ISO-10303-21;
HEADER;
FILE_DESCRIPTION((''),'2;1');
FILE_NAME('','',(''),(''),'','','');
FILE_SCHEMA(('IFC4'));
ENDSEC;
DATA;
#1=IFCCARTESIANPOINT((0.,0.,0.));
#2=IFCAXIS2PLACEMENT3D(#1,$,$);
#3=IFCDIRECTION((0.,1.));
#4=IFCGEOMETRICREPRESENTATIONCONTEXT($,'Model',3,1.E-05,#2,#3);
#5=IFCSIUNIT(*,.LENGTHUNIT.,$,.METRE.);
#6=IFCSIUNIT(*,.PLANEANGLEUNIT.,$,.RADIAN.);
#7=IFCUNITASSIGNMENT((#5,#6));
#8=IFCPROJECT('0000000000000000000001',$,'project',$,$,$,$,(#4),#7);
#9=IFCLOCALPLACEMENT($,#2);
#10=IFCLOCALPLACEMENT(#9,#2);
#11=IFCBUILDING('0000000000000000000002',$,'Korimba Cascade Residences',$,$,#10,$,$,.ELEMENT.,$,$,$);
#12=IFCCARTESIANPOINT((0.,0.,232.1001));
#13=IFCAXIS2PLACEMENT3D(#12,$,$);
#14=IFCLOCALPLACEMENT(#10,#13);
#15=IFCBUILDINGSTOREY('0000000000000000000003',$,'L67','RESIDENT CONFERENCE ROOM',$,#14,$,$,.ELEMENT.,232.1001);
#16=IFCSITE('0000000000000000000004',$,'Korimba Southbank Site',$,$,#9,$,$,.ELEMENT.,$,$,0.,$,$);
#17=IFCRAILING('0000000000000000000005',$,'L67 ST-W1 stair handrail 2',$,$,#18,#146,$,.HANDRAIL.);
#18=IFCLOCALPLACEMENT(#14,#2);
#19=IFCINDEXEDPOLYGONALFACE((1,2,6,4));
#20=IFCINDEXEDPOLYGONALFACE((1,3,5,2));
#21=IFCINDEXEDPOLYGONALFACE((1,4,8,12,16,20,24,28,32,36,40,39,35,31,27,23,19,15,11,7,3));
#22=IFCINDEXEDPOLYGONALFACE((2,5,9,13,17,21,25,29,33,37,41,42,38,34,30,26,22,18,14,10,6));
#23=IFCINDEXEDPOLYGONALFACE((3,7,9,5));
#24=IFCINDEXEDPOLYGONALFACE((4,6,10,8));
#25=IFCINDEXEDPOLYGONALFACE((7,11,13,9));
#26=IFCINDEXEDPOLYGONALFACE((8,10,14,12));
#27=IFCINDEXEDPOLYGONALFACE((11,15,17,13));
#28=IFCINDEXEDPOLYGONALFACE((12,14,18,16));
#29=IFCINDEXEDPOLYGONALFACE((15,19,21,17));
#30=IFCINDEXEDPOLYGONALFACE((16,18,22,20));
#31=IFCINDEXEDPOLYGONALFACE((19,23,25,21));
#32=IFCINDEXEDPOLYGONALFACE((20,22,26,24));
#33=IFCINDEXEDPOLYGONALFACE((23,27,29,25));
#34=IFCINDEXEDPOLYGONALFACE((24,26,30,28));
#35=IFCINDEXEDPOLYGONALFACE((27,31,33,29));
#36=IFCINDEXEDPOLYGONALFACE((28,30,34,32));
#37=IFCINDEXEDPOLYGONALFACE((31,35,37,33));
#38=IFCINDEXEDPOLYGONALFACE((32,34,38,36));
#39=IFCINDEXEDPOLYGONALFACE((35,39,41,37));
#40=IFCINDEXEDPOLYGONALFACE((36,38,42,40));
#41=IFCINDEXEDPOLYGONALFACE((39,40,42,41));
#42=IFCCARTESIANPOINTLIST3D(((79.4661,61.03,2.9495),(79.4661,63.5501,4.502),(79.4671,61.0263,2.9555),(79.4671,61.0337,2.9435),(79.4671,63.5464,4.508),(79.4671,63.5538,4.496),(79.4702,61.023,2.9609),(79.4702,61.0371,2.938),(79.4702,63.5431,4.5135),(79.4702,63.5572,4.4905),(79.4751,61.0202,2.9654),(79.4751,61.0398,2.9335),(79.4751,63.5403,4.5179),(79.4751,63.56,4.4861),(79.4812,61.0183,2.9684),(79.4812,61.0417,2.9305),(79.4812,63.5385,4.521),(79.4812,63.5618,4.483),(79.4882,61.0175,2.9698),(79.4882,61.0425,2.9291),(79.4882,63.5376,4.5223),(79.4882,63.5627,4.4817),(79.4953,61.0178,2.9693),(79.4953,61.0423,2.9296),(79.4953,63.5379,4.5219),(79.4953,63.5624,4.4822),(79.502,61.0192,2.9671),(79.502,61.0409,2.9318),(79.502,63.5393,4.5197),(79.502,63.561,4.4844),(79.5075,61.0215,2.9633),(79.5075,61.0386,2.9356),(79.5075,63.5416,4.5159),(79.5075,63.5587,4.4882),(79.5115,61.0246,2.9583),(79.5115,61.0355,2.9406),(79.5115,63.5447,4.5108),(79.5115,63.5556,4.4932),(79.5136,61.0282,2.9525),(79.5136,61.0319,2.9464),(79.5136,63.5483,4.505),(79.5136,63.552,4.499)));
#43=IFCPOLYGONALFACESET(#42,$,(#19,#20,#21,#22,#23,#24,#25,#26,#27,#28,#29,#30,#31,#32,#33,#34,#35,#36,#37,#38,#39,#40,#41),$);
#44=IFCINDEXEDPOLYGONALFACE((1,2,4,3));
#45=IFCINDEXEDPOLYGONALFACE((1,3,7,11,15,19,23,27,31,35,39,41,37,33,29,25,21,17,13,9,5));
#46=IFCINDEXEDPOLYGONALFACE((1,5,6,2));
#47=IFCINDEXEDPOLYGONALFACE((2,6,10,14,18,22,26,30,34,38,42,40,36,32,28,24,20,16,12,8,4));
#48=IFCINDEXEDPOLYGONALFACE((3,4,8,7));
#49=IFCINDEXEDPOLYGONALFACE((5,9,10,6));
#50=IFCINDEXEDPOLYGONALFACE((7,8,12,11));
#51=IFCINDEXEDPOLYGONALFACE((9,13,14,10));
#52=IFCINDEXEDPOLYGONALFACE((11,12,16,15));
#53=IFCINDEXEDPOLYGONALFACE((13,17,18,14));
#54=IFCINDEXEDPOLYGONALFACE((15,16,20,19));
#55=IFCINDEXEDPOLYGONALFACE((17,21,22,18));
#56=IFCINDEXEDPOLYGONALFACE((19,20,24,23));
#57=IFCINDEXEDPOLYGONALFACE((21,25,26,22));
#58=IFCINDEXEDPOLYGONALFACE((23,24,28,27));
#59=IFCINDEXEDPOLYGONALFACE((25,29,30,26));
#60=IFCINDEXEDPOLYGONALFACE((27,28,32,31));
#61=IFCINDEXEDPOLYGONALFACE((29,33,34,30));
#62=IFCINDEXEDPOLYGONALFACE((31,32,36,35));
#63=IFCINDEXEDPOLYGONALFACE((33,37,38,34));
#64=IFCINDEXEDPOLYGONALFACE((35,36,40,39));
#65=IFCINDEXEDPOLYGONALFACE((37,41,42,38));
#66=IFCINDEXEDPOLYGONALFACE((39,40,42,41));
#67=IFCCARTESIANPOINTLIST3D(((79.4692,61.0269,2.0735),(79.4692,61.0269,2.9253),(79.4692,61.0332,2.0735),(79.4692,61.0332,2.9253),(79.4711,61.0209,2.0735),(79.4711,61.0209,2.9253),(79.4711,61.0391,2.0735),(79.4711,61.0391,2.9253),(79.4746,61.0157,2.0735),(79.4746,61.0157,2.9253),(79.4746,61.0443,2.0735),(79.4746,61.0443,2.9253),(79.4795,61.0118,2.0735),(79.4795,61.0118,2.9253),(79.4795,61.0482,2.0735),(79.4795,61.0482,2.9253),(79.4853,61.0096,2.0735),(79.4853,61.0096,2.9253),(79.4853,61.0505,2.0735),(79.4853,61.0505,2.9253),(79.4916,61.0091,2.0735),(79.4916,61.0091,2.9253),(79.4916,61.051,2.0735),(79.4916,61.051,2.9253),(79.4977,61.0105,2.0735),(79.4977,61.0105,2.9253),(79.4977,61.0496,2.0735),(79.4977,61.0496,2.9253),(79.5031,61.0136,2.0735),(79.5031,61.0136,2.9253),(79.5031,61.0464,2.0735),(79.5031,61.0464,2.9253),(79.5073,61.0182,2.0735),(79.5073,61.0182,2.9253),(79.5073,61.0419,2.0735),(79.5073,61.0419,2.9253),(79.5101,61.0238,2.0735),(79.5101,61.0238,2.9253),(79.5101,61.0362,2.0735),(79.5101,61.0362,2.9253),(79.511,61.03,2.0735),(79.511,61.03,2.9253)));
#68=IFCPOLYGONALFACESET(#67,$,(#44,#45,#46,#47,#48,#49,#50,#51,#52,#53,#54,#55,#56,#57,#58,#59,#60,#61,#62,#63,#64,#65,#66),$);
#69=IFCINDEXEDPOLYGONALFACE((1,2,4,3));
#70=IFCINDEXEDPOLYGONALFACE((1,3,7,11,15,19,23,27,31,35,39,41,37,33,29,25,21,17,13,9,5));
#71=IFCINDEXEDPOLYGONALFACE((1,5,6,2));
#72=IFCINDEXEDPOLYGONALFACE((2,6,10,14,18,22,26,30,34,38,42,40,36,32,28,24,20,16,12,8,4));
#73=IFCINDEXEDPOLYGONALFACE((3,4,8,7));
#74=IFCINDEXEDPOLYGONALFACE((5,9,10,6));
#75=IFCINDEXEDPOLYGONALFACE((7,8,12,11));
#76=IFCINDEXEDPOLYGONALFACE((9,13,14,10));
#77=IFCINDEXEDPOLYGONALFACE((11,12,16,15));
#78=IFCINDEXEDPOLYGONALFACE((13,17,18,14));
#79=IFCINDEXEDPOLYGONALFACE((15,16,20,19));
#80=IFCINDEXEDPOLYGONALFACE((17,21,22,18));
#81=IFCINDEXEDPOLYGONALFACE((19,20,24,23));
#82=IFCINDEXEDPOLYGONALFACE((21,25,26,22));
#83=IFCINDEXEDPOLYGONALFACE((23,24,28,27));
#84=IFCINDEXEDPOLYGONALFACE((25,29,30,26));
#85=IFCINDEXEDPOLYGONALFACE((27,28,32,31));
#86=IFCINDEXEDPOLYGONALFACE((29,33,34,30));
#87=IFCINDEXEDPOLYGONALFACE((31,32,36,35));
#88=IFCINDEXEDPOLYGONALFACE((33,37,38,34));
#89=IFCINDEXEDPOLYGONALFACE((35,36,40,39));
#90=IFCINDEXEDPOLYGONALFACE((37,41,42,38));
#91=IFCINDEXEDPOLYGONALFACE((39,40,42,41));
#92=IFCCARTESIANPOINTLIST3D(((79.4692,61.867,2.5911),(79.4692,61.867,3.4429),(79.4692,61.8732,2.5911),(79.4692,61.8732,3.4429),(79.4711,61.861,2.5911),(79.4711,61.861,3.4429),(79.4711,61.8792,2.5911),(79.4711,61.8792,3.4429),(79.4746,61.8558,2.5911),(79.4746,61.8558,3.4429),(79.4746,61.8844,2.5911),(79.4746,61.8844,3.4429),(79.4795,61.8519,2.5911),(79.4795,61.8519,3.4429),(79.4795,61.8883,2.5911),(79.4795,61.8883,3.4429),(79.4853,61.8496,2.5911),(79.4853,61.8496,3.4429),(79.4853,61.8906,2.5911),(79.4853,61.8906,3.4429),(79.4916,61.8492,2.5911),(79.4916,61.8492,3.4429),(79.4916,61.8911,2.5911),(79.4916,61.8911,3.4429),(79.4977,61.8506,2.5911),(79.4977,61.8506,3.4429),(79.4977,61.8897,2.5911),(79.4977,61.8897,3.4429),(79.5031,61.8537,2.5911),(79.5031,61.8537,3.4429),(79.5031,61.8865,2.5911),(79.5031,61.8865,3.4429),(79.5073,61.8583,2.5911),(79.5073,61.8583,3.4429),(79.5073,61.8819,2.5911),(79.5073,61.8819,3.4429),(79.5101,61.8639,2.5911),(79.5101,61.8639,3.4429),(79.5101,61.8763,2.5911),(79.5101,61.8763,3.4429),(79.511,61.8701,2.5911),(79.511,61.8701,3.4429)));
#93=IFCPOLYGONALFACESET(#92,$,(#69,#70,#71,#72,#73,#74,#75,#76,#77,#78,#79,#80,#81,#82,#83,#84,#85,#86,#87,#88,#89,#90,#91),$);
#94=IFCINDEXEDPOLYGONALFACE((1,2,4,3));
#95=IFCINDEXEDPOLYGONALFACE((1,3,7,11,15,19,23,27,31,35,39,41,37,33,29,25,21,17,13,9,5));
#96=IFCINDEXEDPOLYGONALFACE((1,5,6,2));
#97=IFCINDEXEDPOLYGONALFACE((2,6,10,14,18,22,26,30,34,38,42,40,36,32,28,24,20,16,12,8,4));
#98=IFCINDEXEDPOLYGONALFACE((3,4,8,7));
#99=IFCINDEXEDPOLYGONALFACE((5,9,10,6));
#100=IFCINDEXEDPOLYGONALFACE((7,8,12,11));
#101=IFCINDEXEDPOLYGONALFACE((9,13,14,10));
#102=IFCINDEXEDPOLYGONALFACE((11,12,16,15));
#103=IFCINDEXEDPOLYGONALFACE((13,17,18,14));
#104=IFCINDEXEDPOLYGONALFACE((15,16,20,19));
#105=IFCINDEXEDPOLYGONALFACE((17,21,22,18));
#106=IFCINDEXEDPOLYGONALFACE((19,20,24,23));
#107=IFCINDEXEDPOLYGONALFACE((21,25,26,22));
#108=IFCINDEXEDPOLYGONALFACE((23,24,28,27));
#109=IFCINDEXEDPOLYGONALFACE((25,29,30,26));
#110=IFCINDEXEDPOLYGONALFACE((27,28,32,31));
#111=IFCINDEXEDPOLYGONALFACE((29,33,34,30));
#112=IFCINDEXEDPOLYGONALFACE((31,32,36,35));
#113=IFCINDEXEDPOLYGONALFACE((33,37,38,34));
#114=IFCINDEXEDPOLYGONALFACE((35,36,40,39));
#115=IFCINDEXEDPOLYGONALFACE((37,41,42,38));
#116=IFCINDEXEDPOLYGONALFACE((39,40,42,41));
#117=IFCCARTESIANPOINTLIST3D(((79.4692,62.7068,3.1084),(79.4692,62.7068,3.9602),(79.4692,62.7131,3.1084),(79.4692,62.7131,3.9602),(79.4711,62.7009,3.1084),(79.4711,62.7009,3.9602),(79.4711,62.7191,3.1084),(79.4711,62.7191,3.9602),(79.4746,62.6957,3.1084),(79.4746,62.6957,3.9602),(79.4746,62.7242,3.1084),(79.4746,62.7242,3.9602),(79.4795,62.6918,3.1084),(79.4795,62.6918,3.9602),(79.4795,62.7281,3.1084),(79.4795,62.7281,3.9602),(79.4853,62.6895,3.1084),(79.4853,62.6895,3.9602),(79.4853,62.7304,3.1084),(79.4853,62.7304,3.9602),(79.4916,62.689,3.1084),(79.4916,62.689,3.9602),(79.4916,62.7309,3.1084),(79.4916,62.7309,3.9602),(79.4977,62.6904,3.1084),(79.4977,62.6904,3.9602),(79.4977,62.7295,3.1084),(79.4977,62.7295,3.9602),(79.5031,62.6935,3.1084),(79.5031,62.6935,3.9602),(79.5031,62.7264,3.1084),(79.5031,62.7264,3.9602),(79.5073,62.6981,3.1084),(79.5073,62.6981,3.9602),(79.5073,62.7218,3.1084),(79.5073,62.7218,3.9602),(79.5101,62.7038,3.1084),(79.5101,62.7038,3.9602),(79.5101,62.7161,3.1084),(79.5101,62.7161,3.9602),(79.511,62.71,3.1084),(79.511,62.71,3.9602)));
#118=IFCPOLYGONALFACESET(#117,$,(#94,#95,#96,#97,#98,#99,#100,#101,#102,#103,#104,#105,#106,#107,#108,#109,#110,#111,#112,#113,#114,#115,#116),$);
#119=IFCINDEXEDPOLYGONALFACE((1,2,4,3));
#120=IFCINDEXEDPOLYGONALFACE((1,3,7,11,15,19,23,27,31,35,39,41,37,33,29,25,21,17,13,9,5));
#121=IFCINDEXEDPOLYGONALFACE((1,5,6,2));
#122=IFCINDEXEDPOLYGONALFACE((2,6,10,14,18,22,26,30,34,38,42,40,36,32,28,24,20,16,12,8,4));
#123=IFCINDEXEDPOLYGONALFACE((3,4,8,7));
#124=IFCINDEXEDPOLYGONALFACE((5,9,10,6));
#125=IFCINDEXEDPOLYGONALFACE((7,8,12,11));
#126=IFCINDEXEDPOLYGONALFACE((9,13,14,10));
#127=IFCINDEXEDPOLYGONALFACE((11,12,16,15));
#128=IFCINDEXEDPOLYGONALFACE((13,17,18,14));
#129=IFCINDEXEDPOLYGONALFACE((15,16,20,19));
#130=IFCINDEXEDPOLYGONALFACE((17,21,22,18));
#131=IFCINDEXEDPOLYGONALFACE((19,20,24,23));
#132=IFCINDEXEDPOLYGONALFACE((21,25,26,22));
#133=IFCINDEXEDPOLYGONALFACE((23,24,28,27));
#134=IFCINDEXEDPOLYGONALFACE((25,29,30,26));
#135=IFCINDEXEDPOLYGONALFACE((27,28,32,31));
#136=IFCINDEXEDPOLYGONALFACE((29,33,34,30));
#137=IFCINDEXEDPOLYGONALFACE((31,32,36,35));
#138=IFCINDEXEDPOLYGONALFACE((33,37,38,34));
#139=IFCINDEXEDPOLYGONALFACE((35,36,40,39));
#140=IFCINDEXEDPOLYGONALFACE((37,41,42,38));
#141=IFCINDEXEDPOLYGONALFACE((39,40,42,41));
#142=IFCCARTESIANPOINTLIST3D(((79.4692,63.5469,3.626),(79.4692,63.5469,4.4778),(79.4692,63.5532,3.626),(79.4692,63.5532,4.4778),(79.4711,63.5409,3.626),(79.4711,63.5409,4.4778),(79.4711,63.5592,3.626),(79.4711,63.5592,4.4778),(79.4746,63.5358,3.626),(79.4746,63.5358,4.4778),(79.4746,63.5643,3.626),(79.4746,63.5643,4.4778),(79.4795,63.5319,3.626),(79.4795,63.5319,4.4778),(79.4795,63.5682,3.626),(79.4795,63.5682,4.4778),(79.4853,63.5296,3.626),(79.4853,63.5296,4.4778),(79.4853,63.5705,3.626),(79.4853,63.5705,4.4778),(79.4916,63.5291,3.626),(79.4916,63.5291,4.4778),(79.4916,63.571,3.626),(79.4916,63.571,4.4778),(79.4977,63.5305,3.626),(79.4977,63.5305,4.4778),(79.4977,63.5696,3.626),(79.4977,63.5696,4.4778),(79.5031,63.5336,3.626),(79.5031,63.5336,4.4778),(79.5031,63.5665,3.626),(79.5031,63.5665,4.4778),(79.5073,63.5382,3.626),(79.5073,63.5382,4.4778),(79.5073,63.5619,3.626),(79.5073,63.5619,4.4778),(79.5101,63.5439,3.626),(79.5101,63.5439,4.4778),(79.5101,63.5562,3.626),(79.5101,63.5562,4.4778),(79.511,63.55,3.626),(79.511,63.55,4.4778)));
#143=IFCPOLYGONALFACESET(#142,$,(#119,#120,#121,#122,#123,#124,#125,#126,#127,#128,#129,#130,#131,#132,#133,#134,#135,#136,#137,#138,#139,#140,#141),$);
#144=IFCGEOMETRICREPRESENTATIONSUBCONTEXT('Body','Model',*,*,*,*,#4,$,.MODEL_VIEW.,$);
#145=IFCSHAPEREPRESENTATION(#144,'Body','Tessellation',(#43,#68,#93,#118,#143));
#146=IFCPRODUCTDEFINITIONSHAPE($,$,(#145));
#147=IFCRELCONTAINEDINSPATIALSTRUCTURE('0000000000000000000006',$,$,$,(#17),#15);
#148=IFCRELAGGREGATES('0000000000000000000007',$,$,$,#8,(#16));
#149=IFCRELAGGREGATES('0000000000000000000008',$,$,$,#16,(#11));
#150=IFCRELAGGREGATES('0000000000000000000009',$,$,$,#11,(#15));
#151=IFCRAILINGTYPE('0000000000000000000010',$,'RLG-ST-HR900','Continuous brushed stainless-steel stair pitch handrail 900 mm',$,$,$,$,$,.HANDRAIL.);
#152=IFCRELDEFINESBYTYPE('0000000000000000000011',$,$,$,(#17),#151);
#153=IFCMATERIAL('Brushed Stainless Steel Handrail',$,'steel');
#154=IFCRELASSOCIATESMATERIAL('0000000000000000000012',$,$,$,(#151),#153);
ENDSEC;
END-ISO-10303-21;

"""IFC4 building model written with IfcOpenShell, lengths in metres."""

from ifc_helpers import new_model, si_unit, direction, frame, origin, origin_2d, place, context, subcontext, project, spatial, circle, extrude, material, type_object, element, save


model = new_model("IFC4")

# Units and contexts
model_context = context("Model", 3, precision=1e-05, world=origin(), true_north=direction((0.0, 1.0)))
body_context = subcontext(model_context, "Body", "Model", "MODEL_VIEW")
ifc_project = project(units=[si_unit("LENGTHUNIT", "METRE"), si_unit("PLANEANGLEUNIT", "RADIAN")], contexts=[model_context])

# Site, building, storey
site_placement = place(None, origin())
site = spatial("IfcSite", under=ifc_project, at=site_placement, Name="Korimba Southbank Site", CompositionType="ELEMENT", RefElevation=0.0)
building_placement = place(site_placement, origin())
building = spatial("IfcBuilding", under=site, at=building_placement, Name="Korimba Cascade Residences", CompositionType="ELEMENT")
storey_placement = place(building_placement, frame((0.0, 0.0, 232.1001)))
storey = spatial("IfcBuildingStorey", under=building, at=storey_placement, Name="L67", Description="RESIDENT CONFERENCE ROOM", CompositionType="ELEMENT", Elevation=232.1001)

# Railing
ifc_material_1 = material(Name="Brushed Stainless Steel Handrail", Category="steel")
railing_type_1 = type_object("IfcRailingType", Name="RLG-ST-HR900", Description="Continuous brushed stainless-steel stair pitch handrail 900 mm", PredefinedType="HANDRAIL", material=ifc_material_1)
railing_1_placement = place(storey_placement, frame((79.49, 61.03, 2.0735)))
element("IfcRailing", 1, at=railing_1_placement, inside=storey, type_object=railing_type_1, Name="L67 ST-W1 stair handrail 2", PredefinedType="HANDRAIL", context=body_context, shape_type="SweptSolid", body=[
    extrude(circle(Radius=0.0239, at=origin_2d()), frame((0.0, 0.0, 0.876), z_axis=(0.0, 0.8514, 0.524516), x_axis=(-1.0, 0.0, 0.0)), (0.0, 0.0, 1.0), 2.96),
    extrude(circle(Radius=0.021, at=origin_2d()), origin(), (0.0, 0.0, 1.0), 0.8518),
    extrude(circle(Radius=0.021, at=origin_2d()), frame((0.0, 0.8401, 0.5176)), (0.0, 0.0, 1.0), 0.8518),
    extrude(circle(Radius=0.021, at=origin_2d()), frame((0.0, 1.6799, 1.0349)), (0.0, 0.0, 1.0), 0.8518),
    extrude(circle(Radius=0.021, at=origin_2d()), frame((0.0, 2.52, 1.5525)), (0.0, 0.0, 1.0), 0.8518),
])

save(model, "model.ifc")
